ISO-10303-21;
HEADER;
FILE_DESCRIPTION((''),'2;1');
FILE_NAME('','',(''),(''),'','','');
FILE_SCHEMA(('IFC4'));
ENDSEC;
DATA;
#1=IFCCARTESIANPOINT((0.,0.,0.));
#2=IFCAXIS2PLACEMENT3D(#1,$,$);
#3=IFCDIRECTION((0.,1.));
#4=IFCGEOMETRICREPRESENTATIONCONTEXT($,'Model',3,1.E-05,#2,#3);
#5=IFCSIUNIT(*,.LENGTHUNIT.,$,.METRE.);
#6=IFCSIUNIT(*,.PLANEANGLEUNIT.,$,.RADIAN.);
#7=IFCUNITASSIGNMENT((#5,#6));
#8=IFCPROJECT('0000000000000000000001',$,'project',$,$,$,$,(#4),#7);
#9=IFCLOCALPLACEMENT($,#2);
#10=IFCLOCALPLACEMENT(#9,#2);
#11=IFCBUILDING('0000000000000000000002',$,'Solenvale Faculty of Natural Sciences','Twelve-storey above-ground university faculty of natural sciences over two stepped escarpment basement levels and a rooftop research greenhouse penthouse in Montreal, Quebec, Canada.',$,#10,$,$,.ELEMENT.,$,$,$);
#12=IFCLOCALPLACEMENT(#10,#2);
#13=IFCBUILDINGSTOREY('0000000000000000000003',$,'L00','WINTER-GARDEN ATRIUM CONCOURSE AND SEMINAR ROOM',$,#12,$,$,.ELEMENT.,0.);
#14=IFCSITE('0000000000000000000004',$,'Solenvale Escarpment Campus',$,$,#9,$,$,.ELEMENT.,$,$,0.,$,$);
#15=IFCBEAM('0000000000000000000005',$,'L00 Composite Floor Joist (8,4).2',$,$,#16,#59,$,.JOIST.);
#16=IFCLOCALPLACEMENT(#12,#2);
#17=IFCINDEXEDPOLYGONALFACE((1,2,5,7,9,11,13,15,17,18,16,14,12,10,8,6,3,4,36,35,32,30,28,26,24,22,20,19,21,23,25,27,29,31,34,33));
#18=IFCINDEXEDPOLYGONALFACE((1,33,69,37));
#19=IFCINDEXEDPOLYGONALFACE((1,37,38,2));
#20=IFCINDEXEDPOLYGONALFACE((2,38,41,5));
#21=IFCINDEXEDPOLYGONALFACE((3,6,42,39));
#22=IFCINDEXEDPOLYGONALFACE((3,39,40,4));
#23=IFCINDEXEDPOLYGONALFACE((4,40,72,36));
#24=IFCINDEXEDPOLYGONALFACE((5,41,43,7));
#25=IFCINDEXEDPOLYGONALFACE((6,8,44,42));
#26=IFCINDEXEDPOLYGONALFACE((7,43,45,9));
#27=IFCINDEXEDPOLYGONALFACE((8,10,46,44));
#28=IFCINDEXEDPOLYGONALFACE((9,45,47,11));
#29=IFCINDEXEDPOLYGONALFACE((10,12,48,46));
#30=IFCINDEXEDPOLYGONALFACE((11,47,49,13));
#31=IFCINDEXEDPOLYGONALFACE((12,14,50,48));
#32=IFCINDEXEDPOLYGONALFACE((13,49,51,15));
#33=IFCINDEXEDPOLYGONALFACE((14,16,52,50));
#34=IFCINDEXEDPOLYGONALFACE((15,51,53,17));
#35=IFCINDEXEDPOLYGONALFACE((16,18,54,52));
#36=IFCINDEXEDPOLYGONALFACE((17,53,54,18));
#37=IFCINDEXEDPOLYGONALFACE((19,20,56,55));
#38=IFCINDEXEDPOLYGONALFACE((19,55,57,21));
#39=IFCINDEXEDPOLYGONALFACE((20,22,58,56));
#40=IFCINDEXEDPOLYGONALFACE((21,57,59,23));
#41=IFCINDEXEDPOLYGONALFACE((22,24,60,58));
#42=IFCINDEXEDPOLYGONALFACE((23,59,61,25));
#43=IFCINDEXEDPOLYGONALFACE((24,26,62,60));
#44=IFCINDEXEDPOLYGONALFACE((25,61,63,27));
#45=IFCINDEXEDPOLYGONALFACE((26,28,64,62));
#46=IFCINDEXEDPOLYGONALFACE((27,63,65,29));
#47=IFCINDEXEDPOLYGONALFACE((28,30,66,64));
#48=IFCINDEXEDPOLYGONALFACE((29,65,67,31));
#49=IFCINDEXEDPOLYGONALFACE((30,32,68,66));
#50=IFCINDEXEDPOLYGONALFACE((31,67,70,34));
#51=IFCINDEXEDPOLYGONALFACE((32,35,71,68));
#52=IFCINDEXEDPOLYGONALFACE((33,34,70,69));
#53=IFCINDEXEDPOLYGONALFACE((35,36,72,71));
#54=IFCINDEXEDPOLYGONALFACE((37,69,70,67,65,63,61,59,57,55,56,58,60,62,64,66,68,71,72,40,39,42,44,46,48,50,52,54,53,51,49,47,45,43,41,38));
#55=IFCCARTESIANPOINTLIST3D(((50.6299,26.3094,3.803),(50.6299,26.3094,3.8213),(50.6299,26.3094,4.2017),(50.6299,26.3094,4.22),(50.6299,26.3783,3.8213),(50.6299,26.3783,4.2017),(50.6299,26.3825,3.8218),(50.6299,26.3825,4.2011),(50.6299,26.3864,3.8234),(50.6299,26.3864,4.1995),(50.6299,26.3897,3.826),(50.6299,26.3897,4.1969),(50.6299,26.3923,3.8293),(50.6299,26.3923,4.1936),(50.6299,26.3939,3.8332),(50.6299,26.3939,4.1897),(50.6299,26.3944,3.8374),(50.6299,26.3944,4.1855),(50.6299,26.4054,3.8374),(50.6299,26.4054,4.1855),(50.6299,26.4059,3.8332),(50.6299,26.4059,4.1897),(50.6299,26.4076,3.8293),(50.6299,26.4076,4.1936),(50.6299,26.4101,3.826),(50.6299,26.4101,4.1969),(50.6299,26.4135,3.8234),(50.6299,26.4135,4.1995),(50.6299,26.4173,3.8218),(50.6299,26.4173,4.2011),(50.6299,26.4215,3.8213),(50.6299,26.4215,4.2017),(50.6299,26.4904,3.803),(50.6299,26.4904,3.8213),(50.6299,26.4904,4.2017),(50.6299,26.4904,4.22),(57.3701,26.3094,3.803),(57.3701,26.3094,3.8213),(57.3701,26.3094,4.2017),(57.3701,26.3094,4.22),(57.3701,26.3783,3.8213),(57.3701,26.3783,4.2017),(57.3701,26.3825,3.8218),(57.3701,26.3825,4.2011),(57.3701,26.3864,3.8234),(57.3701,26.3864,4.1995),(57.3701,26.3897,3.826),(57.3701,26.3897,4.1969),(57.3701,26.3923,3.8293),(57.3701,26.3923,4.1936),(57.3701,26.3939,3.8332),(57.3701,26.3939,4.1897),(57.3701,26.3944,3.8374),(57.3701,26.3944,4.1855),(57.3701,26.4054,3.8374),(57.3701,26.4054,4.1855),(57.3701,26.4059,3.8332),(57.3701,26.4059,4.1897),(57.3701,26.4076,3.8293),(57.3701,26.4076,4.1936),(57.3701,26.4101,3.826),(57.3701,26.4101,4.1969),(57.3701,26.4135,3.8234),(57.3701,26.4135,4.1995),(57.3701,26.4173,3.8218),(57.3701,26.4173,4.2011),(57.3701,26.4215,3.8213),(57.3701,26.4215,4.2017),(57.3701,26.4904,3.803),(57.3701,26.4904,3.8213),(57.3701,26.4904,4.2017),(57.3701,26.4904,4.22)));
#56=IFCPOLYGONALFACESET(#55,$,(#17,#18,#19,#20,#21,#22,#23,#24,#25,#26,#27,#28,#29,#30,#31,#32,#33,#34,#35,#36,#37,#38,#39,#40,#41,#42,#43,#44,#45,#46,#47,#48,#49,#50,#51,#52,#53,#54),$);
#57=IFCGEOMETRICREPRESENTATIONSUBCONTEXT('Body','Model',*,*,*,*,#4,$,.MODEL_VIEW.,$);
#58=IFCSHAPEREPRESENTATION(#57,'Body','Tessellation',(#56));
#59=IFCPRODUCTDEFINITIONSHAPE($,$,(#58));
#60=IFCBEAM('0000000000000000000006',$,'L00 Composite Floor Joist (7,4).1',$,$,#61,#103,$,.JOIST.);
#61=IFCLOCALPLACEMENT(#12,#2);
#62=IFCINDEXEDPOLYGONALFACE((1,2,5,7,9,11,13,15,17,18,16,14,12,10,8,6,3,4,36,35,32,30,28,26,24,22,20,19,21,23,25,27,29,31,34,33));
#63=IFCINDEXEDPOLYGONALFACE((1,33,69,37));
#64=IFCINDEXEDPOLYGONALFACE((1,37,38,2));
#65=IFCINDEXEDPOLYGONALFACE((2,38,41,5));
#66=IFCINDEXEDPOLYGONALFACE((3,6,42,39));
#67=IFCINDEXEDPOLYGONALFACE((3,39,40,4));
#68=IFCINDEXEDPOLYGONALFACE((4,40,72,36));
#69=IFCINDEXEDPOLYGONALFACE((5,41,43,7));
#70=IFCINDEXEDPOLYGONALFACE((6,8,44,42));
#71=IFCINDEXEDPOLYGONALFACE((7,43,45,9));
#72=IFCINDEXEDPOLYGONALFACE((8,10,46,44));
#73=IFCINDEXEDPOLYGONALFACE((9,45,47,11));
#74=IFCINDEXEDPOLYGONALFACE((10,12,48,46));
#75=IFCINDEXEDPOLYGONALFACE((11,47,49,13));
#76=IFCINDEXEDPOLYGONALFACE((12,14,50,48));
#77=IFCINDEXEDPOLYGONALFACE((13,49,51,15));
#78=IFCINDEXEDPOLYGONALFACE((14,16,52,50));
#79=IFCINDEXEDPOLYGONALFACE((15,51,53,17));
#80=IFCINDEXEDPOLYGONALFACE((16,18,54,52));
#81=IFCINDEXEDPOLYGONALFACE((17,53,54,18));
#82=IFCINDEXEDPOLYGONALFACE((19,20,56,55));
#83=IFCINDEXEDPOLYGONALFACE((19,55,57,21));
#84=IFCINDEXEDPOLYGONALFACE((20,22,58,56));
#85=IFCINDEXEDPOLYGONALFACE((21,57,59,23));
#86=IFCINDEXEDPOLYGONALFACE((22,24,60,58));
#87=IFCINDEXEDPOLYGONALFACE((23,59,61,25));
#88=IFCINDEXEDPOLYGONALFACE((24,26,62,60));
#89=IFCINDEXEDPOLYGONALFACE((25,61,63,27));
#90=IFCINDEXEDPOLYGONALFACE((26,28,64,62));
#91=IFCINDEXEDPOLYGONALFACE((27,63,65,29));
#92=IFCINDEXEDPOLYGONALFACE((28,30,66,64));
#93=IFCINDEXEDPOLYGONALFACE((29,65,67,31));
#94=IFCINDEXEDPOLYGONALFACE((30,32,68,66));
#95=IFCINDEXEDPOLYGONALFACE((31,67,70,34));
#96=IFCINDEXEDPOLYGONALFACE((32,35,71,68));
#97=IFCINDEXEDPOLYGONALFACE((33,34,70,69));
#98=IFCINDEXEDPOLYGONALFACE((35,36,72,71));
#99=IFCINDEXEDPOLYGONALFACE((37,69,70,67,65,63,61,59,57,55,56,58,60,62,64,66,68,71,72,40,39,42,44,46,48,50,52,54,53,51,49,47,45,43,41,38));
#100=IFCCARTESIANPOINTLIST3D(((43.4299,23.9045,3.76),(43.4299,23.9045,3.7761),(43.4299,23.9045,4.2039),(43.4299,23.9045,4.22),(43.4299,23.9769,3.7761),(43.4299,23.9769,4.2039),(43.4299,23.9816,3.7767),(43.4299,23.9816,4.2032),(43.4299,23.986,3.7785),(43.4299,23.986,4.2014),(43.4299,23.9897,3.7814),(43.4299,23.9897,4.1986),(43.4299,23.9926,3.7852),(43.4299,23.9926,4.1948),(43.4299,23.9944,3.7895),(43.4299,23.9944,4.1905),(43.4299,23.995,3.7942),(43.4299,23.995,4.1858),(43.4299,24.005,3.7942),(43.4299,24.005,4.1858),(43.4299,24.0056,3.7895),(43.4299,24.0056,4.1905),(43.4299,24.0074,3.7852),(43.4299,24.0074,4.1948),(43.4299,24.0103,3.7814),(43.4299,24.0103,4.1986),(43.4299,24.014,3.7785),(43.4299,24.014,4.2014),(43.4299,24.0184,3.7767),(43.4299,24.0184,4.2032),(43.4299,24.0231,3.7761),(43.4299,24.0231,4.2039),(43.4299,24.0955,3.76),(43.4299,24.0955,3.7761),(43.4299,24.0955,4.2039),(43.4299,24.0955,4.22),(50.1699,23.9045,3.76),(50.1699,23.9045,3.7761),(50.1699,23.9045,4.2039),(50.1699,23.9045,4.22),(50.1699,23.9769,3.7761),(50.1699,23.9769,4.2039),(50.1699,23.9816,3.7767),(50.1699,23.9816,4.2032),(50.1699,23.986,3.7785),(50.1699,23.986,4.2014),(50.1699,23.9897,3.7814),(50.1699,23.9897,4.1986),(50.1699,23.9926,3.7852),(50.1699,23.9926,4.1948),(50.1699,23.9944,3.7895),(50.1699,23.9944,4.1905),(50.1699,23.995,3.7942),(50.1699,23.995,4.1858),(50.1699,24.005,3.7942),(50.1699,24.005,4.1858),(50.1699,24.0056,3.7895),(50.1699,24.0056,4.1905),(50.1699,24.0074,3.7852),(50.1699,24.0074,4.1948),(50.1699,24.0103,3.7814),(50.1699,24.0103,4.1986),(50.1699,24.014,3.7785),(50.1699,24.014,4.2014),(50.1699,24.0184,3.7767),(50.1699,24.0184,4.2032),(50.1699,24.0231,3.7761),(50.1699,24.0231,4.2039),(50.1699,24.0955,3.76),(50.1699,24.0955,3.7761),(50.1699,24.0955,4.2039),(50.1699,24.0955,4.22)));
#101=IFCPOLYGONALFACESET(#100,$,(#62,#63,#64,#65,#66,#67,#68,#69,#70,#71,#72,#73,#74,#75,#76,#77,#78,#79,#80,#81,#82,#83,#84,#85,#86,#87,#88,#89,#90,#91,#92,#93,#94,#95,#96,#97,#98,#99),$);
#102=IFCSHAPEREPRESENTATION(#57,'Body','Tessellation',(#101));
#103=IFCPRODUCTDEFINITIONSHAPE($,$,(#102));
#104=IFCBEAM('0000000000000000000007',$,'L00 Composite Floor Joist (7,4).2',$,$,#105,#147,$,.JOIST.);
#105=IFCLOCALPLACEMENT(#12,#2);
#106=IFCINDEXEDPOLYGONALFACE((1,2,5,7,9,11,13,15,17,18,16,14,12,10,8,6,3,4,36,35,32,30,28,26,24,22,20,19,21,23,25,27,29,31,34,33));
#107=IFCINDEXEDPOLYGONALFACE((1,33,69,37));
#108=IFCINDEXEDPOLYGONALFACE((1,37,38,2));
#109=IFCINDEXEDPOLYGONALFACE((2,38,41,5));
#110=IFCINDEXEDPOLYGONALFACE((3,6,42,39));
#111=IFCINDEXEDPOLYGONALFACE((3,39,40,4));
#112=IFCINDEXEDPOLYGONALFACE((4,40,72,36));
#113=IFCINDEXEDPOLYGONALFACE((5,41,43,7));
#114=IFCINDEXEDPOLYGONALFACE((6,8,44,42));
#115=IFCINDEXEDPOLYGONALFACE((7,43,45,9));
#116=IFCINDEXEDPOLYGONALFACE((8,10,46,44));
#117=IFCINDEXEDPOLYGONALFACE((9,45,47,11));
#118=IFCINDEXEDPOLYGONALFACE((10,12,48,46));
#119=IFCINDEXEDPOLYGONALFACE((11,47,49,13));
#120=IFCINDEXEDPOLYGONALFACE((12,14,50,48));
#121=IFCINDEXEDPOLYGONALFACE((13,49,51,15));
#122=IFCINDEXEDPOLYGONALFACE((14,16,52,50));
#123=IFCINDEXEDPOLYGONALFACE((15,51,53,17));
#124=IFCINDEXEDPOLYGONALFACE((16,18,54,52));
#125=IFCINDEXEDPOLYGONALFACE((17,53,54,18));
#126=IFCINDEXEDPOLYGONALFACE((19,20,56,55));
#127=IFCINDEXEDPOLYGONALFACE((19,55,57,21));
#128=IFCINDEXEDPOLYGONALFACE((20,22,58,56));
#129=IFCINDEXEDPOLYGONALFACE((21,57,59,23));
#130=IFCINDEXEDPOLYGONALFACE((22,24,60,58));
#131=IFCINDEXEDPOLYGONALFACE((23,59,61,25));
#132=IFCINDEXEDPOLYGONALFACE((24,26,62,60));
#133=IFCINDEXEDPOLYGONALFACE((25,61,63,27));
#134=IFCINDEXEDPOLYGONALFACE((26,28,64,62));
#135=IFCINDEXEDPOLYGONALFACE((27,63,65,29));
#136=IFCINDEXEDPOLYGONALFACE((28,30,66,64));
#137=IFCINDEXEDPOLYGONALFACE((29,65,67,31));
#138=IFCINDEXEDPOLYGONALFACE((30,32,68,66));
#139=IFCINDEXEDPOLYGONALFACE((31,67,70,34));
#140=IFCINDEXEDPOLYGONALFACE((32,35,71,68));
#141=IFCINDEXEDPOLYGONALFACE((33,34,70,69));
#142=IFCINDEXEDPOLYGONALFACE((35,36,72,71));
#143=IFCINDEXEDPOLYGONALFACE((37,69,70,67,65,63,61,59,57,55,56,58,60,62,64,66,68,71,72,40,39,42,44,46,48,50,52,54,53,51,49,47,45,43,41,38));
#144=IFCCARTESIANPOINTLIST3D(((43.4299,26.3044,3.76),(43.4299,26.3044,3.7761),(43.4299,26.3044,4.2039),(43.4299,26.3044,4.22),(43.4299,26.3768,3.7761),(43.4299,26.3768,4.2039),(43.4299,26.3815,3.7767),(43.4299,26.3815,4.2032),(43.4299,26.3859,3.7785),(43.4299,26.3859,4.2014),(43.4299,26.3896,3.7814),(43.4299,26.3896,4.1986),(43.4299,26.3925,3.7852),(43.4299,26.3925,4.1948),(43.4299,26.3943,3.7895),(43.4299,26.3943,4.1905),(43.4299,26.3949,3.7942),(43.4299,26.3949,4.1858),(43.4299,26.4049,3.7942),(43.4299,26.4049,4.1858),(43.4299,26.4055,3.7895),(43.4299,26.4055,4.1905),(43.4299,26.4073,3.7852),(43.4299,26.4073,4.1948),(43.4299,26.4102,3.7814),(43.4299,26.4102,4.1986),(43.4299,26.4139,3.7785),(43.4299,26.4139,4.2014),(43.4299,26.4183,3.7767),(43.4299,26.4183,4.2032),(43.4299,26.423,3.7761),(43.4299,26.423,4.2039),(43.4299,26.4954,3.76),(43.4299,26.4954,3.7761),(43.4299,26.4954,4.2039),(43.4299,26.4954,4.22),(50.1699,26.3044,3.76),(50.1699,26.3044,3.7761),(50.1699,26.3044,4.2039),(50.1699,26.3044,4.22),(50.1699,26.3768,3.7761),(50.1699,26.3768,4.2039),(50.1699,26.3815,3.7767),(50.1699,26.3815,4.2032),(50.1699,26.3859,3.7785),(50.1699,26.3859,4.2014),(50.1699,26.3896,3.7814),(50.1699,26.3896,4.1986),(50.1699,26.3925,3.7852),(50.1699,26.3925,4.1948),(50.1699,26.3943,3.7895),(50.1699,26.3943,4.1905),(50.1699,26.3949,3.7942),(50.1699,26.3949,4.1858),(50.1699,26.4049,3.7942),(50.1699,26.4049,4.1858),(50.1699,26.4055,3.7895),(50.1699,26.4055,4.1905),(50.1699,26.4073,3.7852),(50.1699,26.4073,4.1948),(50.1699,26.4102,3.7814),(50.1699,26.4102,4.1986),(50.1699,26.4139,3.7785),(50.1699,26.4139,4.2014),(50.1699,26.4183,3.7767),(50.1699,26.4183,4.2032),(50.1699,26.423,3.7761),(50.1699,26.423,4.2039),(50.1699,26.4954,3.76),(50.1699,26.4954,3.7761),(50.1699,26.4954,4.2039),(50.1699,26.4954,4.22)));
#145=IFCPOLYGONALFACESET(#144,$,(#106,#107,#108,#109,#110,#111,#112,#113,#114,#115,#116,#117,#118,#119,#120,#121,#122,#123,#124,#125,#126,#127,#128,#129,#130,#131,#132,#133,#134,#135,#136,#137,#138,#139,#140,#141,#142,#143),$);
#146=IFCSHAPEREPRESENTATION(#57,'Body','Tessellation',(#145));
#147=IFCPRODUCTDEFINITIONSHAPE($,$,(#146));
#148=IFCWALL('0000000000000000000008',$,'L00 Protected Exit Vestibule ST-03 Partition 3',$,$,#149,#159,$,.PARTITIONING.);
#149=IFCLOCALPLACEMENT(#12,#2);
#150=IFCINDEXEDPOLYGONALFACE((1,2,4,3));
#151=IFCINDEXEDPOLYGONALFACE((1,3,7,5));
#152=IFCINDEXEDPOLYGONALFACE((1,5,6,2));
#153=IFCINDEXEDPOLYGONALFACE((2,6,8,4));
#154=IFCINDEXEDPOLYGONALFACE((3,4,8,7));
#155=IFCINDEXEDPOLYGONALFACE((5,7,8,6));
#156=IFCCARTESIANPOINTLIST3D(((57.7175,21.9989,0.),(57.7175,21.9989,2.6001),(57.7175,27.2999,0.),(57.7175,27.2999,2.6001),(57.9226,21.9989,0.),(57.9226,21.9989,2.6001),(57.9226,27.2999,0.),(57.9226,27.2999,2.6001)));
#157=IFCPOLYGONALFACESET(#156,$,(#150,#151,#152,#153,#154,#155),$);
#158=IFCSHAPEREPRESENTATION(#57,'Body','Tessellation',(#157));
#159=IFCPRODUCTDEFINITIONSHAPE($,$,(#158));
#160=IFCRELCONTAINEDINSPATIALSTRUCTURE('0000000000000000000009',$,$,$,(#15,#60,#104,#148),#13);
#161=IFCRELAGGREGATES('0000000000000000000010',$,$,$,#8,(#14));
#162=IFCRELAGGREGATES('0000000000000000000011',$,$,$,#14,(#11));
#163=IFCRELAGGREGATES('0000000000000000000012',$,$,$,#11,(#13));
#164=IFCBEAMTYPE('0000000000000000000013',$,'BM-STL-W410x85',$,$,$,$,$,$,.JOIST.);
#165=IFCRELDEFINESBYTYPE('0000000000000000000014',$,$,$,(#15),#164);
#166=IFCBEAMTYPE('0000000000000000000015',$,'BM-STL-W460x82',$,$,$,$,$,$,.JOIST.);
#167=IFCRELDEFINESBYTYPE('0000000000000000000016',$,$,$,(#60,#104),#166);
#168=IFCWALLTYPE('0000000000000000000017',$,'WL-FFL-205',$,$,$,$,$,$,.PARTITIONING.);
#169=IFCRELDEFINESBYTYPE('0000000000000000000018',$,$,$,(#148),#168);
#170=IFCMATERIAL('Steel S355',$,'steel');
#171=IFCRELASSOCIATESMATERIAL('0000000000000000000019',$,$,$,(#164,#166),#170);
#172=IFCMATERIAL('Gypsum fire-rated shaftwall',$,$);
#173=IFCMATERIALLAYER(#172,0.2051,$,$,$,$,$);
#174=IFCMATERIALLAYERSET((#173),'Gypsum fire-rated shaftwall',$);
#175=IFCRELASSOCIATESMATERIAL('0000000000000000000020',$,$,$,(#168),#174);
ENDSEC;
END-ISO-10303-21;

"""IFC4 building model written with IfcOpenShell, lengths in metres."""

from ifc_helpers import new_model, si_unit, direction, frame, frame_2d, origin, origin_2d, place, context, subcontext, project, spatial, rectangle, i_section, extrude, material, layer, layer_set, material_profile, profile_set, type_object, element, save


model = new_model("IFC4")

# Units and contexts
model_context = context("Model", 3, precision=1e-05, world=origin(), true_north=direction((0.0, 1.0)))
body_context = subcontext(model_context, "Body", "Model", "MODEL_VIEW")
ifc_project = project(units=[si_unit("LENGTHUNIT", "METRE"), si_unit("PLANEANGLEUNIT", "RADIAN")], contexts=[model_context])

# Site, building, storey
site_placement = place(None, origin())
site = spatial("IfcSite", under=ifc_project, at=site_placement, Name="Solenvale Escarpment Campus", CompositionType="ELEMENT", RefElevation=0.0)
building_placement = place(site_placement, origin())
building = spatial("IfcBuilding", under=site, at=building_placement, Name="Solenvale Faculty of Natural Sciences", Description="Twelve-storey above-ground university faculty of natural sciences over two stepped escarpment basement levels and a rooftop research greenhouse penthouse in Montreal, Quebec, Canada.", CompositionType="ELEMENT")
storey_placement = place(building_placement, origin())
storey = spatial("IfcBuildingStorey", under=building, at=storey_placement, Name="L00", Description="WINTER-GARDEN ATRIUM CONCOURSE AND SEMINAR ROOM", CompositionType="ELEMENT", Elevation=0.0)

# Beams
ifc_material_1 = material(Name="Steel S355", Category="steel")
ifc_material_profile_1 = material_profile(ifc_material_1, i_section(OverallWidth=0.1809, OverallDepth=0.417, WebThickness=0.011, FlangeThickness=0.0183, FilletRadius=0.0161, at=origin_2d()), Name="W410x85")
ifc_profile_set_1 = profile_set([ifc_material_profile_1], Name="Steel S355")
beam_type_1 = type_object("IfcBeamType", Name="BM-STL-W410x85", PredefinedType="JOIST", material=ifc_profile_set_1)
for number, where, z_axis, x_axis, name in (
    (1, (50.6299, 26.3999, 4.0115), (1.0, 0.0, 0.0), (0.0, 1.0, 0.0), "L00 Composite Floor Joist (8,4).2"),
):
    element("IfcBeam", number, at=place(storey_placement, frame(where, z_axis=z_axis, x_axis=x_axis)), inside=storey, type_object=beam_type_1, Name=name, PredefinedType="JOIST", context=body_context, shape_type="SweptSolid", body=[
        extrude(i_section(OverallWidth=0.1809, OverallDepth=0.417, WebThickness=0.011, FlangeThickness=0.0183, FilletRadius=0.0161, at=origin_2d()), origin(), (0.0, 0.0, 1.0), 6.7402),
    ])
ifc_material_profile_2 = material_profile(ifc_material_1, i_section(OverallWidth=0.1909, OverallDepth=0.46, WebThickness=0.01, FlangeThickness=0.0161, FilletRadius=0.0181, at=origin_2d()), Name="W460x82")
ifc_profile_set_2 = profile_set([ifc_material_profile_2], Name="Steel S355")
beam_type_2 = type_object("IfcBeamType", Name="BM-STL-W460x82", PredefinedType="JOIST", material=ifc_profile_set_2)
for number, where, z_axis, x_axis, name in (
    (2, (43.4299, 24.0, 3.99), (1.0, 0.0, 0.0), (0.0, 1.0, 0.0), "L00 Composite Floor Joist (7,4).1"),
    (3, (43.4299, 26.3999, 3.99), (1.0, 0.0, 0.0), (0.0, 1.0, 0.0), "L00 Composite Floor Joist (7,4).2"),
):
    element("IfcBeam", number, at=place(storey_placement, frame(where, z_axis=z_axis, x_axis=x_axis)), inside=storey, type_object=beam_type_2, Name=name, PredefinedType="JOIST", context=body_context, shape_type="SweptSolid", body=[
        extrude(i_section(OverallWidth=0.1909, OverallDepth=0.46, WebThickness=0.01, FlangeThickness=0.0161, FilletRadius=0.0181, at=origin_2d()), origin(), (0.0, 0.0, 1.0), 6.74),
    ])

# Wall
ifc_material_2 = material(Name="Gypsum fire-rated shaftwall")
ifc_layer_1 = layer(ifc_material_2, 0.2051)
ifc_layer_set_1 = layer_set([ifc_layer_1], Name="Gypsum fire-rated shaftwall")
wall_type = type_object("IfcWallType", Name="WL-FFL-205", PredefinedType="PARTITIONING", material=ifc_layer_set_1)
wall_placement = place(storey_placement, frame((57.8201, 21.999, 0.0), z_axis=(0.0, 0.0, 1.0), x_axis=(0.0, 1.0, 0.0)))
element("IfcWall", 4, at=wall_placement, inside=storey, type_object=wall_type, Name="L00 Protected Exit Vestibule ST-03 Partition 3", PredefinedType="PARTITIONING", context=body_context, shape_type="SweptSolid", body=[
    extrude(rectangle(XDim=5.301, YDim=0.2051, at=frame_2d((2.6504, 0.0))), origin(), (0.0, 0.0, 1.0), 2.6001),
])

save(model, "model.ifc")
